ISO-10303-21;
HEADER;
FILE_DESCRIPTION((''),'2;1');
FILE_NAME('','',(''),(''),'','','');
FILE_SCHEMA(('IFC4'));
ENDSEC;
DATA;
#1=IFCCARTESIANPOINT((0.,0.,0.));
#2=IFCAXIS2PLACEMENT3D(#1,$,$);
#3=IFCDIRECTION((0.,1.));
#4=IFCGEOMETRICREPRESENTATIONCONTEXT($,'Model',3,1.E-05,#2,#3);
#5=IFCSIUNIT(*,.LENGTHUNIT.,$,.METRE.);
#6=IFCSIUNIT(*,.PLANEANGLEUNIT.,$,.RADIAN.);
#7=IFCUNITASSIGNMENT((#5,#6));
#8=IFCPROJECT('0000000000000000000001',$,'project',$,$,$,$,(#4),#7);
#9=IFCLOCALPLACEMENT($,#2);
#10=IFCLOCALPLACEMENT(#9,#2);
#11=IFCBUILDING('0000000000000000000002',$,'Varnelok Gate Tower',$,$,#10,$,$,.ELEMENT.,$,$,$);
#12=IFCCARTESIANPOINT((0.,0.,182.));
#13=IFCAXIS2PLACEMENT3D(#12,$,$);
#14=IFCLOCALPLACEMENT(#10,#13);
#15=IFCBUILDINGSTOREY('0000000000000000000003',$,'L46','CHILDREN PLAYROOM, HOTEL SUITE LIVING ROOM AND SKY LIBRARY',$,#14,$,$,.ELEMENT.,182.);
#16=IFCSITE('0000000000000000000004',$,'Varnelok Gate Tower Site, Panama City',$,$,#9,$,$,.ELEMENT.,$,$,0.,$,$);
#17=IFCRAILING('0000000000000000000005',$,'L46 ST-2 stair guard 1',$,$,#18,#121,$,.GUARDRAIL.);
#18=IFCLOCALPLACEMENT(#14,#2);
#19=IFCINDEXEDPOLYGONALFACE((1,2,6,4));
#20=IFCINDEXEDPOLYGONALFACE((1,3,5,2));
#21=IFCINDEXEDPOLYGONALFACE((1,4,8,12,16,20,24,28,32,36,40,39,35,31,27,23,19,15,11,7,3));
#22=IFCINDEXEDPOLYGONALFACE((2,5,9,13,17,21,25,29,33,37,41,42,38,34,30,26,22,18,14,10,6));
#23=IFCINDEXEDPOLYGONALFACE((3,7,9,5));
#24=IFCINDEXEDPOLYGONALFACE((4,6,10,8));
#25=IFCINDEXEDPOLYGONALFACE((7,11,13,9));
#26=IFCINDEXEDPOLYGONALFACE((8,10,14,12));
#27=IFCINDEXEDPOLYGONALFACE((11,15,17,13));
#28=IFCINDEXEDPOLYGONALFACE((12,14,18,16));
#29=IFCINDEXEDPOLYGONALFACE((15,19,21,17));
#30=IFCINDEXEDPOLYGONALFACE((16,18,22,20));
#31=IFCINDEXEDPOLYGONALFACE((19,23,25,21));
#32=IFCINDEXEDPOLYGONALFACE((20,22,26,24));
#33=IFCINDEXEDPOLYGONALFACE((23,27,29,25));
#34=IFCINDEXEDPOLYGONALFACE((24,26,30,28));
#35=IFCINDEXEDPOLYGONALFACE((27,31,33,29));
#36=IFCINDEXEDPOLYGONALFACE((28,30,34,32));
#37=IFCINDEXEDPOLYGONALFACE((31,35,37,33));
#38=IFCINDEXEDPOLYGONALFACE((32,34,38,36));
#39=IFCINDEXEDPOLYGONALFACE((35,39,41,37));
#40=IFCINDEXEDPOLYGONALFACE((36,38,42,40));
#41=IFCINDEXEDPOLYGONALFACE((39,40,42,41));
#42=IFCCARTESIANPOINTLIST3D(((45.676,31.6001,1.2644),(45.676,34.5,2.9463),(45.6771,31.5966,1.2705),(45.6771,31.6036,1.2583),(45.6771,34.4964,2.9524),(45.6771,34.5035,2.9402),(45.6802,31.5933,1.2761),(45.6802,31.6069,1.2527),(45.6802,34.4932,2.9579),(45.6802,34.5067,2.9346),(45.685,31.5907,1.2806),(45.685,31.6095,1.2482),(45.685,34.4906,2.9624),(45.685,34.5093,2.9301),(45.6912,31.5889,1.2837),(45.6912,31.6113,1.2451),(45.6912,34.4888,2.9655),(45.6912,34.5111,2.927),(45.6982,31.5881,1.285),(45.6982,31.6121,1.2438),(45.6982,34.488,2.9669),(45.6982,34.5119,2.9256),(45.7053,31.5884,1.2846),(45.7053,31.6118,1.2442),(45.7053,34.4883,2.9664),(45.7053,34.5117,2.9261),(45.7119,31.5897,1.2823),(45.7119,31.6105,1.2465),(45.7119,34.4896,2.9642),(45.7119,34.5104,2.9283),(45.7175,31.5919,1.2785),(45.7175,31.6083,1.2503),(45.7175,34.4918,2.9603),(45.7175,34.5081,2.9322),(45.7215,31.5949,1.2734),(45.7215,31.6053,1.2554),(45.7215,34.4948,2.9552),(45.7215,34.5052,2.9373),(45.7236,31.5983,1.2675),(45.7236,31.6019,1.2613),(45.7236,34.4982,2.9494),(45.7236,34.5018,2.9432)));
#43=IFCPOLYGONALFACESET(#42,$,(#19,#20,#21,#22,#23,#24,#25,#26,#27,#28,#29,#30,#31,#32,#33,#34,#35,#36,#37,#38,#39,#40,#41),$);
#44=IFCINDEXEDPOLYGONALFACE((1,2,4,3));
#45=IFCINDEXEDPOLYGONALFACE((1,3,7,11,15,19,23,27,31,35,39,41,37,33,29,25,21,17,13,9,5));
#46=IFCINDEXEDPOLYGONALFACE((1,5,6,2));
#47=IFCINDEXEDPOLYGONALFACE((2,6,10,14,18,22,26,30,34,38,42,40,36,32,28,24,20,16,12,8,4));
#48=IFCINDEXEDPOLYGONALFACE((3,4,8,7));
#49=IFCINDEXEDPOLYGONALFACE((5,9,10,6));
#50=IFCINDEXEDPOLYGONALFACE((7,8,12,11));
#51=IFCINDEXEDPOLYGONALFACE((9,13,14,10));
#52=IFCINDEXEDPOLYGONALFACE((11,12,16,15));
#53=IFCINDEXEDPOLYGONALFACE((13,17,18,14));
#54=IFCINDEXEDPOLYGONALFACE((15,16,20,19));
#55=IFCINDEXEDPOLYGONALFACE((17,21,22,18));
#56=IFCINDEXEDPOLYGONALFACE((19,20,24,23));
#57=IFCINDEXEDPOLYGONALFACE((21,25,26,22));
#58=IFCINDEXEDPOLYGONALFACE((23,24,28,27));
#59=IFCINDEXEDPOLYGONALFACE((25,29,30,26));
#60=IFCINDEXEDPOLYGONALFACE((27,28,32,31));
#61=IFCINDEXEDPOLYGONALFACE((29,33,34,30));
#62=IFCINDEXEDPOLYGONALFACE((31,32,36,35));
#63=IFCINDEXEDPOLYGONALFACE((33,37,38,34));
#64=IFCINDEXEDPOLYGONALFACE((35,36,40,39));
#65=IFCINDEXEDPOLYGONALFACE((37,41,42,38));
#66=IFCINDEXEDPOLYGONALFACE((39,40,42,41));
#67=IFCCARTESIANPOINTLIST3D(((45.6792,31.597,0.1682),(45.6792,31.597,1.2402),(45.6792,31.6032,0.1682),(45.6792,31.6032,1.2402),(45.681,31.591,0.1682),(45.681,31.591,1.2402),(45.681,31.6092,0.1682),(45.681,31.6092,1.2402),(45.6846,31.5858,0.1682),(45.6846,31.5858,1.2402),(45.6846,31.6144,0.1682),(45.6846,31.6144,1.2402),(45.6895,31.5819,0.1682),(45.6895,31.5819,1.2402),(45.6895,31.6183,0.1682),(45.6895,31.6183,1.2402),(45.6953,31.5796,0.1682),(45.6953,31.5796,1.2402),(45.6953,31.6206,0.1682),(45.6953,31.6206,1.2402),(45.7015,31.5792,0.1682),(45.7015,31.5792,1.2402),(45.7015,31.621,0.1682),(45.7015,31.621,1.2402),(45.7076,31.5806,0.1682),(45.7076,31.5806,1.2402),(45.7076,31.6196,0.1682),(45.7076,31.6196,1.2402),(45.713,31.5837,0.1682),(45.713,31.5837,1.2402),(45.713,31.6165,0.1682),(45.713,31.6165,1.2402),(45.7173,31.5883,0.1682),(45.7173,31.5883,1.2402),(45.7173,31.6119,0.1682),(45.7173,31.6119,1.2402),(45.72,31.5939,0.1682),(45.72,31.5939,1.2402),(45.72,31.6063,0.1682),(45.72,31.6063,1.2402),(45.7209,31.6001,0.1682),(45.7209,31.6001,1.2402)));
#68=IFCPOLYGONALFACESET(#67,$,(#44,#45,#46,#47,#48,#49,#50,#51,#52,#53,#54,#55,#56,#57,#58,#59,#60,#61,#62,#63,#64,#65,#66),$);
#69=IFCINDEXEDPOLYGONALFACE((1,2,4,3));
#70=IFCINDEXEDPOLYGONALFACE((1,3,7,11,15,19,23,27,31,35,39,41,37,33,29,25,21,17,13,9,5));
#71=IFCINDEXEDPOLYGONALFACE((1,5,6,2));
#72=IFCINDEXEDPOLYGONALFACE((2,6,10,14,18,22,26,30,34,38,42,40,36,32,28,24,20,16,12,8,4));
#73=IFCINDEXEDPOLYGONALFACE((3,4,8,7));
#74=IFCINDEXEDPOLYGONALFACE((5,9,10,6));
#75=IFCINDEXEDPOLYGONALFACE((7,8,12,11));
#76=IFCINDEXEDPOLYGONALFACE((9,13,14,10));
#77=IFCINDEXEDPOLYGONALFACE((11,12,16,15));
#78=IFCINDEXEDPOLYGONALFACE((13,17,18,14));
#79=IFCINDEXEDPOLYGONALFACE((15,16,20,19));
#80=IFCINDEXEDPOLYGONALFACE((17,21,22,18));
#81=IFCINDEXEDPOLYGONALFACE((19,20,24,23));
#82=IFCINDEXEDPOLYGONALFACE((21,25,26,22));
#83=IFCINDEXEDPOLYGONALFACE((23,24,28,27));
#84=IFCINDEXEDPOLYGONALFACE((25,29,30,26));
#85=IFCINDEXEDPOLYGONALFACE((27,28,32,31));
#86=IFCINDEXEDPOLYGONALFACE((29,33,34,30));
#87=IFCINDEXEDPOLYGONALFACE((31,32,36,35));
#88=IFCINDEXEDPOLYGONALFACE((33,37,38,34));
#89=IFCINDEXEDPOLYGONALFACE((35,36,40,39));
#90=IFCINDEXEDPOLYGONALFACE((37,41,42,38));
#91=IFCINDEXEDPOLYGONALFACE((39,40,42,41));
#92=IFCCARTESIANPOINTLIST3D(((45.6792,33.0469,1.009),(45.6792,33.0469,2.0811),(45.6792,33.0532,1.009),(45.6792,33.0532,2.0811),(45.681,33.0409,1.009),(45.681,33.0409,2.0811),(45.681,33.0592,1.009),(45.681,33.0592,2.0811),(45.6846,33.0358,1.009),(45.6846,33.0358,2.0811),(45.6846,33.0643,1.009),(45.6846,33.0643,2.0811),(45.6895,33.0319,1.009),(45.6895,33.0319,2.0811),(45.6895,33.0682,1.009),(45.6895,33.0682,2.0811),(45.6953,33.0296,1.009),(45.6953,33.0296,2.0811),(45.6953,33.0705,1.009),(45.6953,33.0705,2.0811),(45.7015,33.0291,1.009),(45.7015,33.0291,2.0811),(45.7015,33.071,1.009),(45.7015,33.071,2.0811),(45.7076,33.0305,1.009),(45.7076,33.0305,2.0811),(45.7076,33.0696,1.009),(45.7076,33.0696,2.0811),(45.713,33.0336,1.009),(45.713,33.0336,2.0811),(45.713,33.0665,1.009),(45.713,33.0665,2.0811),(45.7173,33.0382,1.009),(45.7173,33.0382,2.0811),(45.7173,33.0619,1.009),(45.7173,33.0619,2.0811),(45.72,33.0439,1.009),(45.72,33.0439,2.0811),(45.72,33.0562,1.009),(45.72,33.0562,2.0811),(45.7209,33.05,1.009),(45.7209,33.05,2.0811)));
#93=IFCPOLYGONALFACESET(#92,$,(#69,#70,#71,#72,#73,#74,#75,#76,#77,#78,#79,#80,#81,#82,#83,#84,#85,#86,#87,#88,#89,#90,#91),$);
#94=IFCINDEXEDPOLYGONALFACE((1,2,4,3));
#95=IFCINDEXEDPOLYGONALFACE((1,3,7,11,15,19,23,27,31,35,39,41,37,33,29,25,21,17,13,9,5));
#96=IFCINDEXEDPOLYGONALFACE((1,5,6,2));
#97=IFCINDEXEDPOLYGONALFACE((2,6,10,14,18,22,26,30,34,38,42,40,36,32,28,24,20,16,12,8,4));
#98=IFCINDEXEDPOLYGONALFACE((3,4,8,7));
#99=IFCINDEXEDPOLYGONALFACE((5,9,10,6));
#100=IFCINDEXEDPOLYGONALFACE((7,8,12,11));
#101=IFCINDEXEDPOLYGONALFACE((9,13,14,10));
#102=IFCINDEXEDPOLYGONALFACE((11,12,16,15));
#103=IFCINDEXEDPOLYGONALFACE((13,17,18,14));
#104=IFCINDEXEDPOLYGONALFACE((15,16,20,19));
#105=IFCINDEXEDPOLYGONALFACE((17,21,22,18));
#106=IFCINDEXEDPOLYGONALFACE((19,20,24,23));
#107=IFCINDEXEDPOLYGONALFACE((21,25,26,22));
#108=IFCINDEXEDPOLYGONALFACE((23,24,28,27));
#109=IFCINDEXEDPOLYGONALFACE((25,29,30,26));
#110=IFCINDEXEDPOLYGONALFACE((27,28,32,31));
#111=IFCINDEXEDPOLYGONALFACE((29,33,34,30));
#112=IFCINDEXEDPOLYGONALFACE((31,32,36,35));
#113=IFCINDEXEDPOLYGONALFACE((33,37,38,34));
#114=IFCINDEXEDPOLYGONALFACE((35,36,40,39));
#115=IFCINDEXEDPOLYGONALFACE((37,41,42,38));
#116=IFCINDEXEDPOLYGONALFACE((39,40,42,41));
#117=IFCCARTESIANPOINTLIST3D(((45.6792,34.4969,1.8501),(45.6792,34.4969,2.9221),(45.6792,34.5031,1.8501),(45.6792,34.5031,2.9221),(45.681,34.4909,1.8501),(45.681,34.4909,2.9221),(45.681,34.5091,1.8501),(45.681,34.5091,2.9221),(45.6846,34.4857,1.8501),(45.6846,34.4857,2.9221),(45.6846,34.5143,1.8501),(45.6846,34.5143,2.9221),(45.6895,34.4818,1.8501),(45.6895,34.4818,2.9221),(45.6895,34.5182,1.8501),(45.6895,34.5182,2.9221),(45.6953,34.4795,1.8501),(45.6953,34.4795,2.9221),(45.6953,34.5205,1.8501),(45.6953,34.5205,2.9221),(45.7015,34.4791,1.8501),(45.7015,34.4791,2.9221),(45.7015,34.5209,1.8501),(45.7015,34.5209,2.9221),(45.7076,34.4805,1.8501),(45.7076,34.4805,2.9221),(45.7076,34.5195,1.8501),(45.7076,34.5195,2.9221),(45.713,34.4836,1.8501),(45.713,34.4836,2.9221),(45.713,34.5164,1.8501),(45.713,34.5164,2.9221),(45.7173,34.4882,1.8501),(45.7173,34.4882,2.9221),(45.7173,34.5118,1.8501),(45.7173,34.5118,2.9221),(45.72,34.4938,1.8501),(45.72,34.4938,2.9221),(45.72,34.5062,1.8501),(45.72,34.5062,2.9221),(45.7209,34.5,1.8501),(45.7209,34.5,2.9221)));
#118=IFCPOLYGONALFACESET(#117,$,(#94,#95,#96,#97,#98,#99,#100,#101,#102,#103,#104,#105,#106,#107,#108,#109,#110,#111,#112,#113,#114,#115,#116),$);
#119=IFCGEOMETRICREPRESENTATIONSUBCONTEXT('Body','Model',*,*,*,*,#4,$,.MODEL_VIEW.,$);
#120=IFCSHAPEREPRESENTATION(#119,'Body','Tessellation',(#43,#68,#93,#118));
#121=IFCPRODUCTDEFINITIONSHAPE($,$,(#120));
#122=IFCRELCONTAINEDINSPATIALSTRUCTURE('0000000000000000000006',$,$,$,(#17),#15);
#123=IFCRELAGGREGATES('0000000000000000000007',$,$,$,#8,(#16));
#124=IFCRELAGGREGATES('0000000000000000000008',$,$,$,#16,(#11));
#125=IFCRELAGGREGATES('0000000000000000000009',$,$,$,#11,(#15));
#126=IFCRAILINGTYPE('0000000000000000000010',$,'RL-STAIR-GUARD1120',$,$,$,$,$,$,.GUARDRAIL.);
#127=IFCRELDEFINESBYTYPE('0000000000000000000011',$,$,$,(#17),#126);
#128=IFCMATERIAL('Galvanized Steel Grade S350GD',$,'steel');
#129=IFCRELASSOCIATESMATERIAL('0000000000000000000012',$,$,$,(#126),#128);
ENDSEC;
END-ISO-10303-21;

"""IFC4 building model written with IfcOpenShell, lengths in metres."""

from ifc_helpers import new_model, si_unit, direction, frame, origin, origin_2d, place, context, subcontext, project, spatial, circle, extrude, material, type_object, element, save


model = new_model("IFC4")

# Units and contexts
model_context = context("Model", 3, precision=1e-05, world=origin(), true_north=direction((0.0, 1.0)))
body_context = subcontext(model_context, "Body", "Model", "MODEL_VIEW")
ifc_project = project(units=[si_unit("LENGTHUNIT", "METRE"), si_unit("PLANEANGLEUNIT", "RADIAN")], contexts=[model_context])

# Site, building, storey
site_placement = place(None, origin())
site = spatial("IfcSite", under=ifc_project, at=site_placement, Name="Varnelok Gate Tower Site, Panama City", CompositionType="ELEMENT", RefElevation=0.0)
building_placement = place(site_placement, origin())
building = spatial("IfcBuilding", under=site, at=building_placement, Name="Varnelok Gate Tower", CompositionType="ELEMENT")
storey_placement = place(building_placement, frame((0.0, 0.0, 182.0)))
storey = spatial("IfcBuildingStorey", under=building, at=storey_placement, Name="L46", Description="CHILDREN PLAYROOM, HOTEL SUITE LIVING ROOM AND SKY LIBRARY", CompositionType="ELEMENT", Elevation=182.0)

# Shared definitions
ifc_material_1 = material(Name="Galvanized Steel Grade S350GD", Category="steel")

# Railing
railing_type_1 = type_object("IfcRailingType", Name="RL-STAIR-GUARD1120", PredefinedType="GUARDRAIL", material=ifc_material_1)
railing_1_placement = place(storey_placement, frame((45.7, 31.6001, 0.1682)))
element("IfcRailing", 1, at=railing_1_placement, inside=storey, type_object=railing_type_1, Name="L46 ST-2 stair guard 1", PredefinedType="GUARDRAIL", context=body_context, shape_type="SweptSolid", body=[
    extrude(circle(Radius=0.0239, at=origin_2d()), frame((0.0, 0.0, 1.0962), z_axis=(0.0, 0.865039, 0.501705), x_axis=(-1.0, 0.0, 0.0)), (0.0, 0.0, 1.0), 3.3523),
    extrude(circle(Radius=0.021, at=origin_2d()), origin(), (0.0, 0.0, 1.0), 1.072),
    extrude(circle(Radius=0.021, at=origin_2d()), frame((0.0, 1.45, 0.8408)), (0.0, 0.0, 1.0), 1.072),
    extrude(circle(Radius=0.021, at=origin_2d()), frame((0.0, 2.8999, 1.6819)), (0.0, 0.0, 1.0), 1.072),
])

save(model, "model.ifc")
